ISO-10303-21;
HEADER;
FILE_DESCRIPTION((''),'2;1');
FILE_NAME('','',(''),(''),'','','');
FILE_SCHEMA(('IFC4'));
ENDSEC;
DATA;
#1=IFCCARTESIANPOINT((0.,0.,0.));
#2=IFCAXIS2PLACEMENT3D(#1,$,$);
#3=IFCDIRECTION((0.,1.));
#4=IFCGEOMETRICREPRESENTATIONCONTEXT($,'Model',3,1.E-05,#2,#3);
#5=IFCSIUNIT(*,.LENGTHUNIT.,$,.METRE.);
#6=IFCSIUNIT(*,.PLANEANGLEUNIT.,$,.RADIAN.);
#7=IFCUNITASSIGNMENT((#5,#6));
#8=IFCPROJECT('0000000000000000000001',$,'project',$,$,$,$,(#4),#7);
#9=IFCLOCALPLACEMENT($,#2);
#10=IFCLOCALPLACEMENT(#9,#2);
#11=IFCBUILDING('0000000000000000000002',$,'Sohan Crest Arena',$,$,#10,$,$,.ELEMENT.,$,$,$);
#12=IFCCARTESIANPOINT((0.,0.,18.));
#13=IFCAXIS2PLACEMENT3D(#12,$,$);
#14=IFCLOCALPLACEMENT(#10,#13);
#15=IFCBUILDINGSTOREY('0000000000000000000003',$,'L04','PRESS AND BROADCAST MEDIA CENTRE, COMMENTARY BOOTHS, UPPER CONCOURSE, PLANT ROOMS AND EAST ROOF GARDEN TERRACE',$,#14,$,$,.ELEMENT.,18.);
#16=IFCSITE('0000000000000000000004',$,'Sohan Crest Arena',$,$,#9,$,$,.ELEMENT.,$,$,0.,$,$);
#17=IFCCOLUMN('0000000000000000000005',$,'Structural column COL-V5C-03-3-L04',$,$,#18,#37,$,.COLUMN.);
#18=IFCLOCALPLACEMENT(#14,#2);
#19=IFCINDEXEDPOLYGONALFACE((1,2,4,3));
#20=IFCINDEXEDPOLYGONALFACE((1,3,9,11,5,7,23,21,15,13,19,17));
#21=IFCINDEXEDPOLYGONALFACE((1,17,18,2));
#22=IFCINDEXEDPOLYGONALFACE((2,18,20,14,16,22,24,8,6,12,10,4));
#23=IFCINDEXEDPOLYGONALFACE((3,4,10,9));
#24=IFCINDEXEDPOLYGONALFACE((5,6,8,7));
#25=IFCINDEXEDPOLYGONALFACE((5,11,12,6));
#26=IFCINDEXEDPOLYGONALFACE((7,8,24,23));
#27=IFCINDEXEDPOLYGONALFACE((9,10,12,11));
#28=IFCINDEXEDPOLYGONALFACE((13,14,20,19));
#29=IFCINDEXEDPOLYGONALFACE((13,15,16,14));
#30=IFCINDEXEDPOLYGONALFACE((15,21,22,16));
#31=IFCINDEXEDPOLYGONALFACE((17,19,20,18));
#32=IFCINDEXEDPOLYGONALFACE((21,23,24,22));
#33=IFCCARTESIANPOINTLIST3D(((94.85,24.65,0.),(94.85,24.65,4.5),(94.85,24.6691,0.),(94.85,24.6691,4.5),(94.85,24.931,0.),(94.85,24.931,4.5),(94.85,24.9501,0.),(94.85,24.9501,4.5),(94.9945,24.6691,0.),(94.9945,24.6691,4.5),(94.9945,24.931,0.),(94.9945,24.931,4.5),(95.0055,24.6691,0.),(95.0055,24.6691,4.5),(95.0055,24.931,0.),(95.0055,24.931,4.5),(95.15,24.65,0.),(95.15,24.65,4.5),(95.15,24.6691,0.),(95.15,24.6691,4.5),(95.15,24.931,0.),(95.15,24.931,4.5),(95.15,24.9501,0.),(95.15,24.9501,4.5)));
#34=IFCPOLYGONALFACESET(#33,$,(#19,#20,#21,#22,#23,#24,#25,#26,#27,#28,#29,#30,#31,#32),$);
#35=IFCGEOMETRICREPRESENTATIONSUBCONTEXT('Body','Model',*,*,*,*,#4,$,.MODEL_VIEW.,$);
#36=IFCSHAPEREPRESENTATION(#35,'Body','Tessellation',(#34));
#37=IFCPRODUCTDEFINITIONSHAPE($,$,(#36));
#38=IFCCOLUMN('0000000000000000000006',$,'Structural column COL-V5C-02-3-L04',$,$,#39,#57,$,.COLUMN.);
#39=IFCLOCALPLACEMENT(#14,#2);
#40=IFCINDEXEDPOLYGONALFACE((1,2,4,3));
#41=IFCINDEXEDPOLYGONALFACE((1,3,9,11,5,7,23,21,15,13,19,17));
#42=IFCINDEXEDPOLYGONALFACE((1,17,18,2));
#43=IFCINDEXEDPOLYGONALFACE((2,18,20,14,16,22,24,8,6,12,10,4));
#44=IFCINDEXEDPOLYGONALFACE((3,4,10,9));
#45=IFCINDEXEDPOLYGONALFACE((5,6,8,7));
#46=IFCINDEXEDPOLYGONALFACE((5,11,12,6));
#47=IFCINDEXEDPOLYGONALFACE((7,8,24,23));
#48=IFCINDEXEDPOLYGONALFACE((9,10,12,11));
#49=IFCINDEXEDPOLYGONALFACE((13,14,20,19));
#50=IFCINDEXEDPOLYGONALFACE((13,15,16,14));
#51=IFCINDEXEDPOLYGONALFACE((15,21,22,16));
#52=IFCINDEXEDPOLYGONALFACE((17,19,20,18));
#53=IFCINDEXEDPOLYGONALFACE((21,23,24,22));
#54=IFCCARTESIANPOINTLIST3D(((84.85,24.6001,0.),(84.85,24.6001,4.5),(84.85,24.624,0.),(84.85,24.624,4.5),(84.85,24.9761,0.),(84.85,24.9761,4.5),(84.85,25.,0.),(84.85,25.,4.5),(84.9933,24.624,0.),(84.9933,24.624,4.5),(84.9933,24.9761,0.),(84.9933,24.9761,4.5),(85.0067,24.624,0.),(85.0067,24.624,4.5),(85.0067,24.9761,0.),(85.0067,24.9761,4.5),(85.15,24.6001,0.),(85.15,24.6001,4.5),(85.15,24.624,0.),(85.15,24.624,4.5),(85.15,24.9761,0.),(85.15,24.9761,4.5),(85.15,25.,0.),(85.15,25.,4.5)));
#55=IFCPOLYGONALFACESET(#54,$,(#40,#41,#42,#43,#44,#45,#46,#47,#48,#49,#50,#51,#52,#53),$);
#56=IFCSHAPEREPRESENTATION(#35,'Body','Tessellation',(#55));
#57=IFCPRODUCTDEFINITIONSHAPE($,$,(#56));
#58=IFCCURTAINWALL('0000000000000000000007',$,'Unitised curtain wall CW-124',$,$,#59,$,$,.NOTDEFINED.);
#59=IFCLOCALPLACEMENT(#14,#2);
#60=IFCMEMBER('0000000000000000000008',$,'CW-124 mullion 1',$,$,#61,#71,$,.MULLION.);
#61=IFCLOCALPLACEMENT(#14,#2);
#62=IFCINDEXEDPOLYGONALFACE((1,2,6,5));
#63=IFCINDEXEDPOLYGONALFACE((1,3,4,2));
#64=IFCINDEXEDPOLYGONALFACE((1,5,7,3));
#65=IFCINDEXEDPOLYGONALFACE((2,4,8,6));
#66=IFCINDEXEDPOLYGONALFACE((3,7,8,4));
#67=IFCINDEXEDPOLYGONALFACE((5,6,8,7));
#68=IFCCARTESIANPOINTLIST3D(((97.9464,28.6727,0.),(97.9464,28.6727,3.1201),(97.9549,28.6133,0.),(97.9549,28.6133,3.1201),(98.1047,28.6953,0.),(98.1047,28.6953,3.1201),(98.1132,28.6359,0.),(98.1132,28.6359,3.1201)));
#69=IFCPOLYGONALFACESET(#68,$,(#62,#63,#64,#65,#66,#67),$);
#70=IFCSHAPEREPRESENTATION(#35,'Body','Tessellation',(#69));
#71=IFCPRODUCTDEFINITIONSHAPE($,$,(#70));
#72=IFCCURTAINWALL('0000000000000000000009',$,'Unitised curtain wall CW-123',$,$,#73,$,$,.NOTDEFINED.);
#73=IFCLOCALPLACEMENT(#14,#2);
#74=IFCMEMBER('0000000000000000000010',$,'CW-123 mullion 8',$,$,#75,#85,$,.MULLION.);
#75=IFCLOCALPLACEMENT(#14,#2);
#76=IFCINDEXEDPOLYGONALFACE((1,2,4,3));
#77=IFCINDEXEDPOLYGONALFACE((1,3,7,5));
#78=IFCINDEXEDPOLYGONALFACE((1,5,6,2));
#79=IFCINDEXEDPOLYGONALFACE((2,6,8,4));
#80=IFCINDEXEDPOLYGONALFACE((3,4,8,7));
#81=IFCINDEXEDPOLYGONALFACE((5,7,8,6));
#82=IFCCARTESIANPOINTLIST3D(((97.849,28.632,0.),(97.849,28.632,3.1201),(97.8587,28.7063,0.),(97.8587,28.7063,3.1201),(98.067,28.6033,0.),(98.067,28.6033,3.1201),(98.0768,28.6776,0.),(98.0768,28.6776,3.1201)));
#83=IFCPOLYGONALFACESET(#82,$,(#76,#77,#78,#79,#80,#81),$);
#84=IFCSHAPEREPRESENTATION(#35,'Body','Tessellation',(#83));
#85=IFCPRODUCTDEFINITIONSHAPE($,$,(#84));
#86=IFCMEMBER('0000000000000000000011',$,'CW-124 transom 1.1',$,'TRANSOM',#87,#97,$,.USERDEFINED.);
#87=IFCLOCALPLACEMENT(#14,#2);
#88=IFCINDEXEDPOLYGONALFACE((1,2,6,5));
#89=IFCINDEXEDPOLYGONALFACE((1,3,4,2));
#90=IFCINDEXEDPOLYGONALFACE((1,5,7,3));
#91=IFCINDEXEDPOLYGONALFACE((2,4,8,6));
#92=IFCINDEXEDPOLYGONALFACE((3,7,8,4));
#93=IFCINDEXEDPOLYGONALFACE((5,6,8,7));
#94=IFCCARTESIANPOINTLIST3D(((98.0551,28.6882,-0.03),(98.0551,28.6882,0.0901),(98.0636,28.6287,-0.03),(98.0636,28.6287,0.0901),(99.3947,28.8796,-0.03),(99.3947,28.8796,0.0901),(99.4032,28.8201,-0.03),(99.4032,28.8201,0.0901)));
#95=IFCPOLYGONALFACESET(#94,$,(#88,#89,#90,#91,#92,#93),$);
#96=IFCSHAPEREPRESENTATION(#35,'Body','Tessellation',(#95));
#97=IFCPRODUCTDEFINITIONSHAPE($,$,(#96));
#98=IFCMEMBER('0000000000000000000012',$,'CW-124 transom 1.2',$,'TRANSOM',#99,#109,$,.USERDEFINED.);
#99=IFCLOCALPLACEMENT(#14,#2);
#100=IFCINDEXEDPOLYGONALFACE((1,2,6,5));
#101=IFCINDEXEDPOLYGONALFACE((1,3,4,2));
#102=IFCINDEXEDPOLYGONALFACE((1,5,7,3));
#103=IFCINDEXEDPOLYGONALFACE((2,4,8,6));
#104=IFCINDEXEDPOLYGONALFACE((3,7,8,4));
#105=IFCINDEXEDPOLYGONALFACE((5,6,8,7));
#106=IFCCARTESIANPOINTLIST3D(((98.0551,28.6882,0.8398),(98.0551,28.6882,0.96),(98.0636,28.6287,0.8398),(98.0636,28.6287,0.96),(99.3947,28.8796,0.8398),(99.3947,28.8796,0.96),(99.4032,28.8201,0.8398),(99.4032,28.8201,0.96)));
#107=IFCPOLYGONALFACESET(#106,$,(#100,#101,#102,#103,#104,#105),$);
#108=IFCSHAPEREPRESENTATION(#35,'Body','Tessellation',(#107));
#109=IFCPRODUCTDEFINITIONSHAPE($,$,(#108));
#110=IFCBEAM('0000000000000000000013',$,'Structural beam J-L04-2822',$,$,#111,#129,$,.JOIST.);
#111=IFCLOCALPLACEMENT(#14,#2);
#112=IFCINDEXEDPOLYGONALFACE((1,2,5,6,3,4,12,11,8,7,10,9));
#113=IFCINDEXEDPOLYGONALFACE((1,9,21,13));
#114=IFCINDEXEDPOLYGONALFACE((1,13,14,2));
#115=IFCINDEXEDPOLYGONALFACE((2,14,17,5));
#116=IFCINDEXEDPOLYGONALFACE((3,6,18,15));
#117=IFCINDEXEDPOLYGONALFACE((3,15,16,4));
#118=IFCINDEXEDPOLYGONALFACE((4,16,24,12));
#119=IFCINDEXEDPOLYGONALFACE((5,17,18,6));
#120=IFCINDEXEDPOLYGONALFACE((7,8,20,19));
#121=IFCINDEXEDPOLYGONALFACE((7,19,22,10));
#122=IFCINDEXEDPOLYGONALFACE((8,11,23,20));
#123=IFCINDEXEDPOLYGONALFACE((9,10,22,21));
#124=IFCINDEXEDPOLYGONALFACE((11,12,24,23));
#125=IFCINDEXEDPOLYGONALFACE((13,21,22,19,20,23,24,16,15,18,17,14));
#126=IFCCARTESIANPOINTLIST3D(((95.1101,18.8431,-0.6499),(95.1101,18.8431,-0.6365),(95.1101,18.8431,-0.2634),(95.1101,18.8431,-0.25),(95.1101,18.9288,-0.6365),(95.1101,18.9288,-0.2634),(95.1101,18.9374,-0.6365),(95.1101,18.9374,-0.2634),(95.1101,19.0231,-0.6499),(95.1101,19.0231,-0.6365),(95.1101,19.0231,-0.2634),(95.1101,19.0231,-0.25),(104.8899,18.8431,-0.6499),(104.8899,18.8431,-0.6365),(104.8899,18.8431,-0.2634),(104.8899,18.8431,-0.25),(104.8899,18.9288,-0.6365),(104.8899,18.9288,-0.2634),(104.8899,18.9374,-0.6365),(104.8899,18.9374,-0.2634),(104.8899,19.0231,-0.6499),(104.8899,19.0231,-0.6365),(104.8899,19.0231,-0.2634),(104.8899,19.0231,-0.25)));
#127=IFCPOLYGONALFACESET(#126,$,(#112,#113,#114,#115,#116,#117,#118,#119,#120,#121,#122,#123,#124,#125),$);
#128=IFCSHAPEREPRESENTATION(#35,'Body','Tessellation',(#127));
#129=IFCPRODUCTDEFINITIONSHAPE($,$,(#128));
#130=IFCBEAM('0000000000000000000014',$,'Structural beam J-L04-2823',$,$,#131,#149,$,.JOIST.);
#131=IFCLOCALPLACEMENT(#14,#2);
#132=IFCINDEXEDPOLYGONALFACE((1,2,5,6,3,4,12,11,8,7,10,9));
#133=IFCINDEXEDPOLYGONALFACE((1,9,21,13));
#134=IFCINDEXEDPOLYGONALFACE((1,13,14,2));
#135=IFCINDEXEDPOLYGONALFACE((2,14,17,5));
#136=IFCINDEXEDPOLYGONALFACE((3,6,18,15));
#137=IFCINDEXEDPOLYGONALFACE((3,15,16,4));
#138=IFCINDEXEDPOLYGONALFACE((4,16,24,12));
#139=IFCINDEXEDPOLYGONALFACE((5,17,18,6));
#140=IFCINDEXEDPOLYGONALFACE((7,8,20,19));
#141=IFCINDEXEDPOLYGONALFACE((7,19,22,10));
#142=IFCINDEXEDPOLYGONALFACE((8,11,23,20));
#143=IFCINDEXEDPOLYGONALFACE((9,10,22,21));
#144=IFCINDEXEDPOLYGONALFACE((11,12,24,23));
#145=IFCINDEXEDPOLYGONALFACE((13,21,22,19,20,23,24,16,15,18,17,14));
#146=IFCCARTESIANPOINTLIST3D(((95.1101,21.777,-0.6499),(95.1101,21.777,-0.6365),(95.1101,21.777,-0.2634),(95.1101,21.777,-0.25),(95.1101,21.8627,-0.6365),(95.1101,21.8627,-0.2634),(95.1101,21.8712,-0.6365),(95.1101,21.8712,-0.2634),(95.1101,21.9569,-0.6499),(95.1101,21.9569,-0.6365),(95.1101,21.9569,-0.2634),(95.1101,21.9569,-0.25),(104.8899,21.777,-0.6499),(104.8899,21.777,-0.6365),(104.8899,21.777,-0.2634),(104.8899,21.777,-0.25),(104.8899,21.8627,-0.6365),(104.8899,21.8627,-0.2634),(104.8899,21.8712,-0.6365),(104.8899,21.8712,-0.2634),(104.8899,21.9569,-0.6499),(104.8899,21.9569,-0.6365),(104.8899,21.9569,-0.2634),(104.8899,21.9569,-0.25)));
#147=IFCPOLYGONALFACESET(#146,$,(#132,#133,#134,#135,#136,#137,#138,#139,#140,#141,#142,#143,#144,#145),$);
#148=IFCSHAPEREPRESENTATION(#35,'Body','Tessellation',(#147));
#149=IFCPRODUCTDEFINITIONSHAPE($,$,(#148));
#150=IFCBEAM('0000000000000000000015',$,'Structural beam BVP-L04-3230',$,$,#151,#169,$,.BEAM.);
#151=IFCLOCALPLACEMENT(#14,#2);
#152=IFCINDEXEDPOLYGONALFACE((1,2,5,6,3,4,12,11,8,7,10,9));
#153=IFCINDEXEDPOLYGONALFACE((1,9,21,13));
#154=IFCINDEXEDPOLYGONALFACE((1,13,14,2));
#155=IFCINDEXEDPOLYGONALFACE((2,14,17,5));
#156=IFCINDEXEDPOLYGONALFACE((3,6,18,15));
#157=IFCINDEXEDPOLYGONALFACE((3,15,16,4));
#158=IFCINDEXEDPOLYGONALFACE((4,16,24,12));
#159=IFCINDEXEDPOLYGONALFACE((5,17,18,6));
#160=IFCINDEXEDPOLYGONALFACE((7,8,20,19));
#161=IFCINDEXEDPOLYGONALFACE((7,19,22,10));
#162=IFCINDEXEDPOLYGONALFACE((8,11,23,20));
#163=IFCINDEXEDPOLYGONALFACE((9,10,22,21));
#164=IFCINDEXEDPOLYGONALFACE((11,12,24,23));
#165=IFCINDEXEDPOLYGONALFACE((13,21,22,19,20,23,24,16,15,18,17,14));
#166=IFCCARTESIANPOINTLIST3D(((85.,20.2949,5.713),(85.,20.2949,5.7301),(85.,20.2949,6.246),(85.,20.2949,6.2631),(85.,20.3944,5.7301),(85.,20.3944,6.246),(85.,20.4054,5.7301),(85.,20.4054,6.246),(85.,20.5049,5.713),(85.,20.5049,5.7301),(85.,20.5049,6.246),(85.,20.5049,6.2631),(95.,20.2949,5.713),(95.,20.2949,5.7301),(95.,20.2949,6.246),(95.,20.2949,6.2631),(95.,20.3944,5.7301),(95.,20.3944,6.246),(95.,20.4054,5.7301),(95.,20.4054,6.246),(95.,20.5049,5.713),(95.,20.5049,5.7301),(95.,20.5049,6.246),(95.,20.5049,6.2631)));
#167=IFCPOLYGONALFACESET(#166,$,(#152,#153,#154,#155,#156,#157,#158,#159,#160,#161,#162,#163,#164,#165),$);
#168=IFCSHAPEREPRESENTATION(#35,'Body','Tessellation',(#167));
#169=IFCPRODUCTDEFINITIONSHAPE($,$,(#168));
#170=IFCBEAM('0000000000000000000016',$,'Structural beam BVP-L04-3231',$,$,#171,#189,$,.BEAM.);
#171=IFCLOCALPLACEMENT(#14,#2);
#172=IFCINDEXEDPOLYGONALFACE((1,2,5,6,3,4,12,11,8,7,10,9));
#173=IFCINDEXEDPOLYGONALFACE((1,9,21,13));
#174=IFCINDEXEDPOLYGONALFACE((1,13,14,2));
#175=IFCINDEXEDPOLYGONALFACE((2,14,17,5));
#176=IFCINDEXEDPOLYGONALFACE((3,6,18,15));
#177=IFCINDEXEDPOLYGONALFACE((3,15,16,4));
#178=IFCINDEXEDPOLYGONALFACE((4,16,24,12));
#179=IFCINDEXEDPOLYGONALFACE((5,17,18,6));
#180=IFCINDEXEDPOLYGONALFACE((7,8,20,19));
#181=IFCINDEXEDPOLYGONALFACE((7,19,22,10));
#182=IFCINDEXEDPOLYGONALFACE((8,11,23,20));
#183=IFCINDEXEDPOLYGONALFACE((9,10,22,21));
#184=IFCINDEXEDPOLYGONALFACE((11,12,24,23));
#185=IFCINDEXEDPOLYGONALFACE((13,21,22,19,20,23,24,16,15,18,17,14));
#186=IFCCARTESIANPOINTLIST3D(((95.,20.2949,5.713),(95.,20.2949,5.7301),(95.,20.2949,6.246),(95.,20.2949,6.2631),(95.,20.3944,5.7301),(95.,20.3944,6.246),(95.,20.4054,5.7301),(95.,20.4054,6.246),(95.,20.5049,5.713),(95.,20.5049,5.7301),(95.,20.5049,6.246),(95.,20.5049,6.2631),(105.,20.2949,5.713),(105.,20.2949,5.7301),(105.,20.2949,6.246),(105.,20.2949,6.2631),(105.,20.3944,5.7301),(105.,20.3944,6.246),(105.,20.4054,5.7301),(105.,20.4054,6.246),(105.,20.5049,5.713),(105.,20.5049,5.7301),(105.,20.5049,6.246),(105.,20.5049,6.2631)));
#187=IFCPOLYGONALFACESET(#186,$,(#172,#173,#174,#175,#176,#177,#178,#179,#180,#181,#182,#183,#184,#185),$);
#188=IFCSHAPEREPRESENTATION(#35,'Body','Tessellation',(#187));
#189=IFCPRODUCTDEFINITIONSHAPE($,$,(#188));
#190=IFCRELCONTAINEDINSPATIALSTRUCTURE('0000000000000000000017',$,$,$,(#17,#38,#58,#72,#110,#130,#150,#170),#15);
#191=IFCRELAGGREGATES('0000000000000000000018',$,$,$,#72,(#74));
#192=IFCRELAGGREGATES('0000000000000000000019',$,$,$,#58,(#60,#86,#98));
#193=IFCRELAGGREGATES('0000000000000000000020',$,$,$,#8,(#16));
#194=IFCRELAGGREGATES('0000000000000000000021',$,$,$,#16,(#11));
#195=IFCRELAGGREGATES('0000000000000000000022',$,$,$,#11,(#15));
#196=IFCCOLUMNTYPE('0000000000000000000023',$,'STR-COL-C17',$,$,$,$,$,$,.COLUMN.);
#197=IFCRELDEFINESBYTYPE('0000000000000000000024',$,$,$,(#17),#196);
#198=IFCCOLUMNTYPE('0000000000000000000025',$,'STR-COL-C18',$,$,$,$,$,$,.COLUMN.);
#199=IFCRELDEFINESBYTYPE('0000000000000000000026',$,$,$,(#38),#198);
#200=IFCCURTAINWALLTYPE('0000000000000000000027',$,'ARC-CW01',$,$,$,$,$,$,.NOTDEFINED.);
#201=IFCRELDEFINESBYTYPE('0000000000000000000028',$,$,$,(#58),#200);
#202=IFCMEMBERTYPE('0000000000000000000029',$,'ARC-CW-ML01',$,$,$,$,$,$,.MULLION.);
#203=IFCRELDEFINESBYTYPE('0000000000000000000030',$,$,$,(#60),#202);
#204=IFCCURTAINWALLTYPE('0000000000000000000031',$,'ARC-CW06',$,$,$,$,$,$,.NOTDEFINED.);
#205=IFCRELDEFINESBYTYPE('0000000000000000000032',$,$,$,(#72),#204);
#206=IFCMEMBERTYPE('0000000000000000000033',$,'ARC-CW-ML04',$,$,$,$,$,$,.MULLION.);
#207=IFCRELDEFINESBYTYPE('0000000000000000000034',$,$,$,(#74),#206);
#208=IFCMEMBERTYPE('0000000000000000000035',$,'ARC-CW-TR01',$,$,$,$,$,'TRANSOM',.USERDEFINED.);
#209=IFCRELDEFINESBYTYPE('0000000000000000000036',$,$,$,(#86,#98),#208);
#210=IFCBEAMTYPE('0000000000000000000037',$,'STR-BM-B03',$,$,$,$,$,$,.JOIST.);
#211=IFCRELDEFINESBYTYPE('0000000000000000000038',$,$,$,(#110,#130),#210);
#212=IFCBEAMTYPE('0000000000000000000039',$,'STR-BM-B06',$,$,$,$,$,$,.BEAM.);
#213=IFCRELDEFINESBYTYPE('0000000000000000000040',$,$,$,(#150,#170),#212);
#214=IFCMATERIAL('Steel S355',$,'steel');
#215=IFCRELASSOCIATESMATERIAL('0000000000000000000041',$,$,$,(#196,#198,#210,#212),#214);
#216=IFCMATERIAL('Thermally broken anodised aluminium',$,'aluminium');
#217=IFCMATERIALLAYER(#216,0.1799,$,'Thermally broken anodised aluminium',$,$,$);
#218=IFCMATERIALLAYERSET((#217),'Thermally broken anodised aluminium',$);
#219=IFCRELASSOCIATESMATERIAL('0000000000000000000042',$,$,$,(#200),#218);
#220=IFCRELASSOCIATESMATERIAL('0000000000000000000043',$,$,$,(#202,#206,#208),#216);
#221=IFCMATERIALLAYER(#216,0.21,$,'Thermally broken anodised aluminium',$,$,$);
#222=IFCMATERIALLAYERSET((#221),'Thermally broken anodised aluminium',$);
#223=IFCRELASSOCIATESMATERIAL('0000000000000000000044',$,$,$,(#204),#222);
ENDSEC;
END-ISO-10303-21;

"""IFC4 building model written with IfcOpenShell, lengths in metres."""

from ifc_helpers import new_model, si_unit, direction, frame, origin, origin_2d, place, context, subcontext, project, spatial, rectangle, i_section, extrude, material, layer, layer_set, material_profile, profile_set, type_object, element, aggregate, save


model = new_model("IFC4")

# Units and contexts
model_context = context("Model", 3, precision=1e-05, world=origin(), true_north=direction((0.0, 1.0)))
body_context = subcontext(model_context, "Body", "Model", "MODEL_VIEW")
ifc_project = project(units=[si_unit("LENGTHUNIT", "METRE"), si_unit("PLANEANGLEUNIT", "RADIAN")], contexts=[model_context])

# Site, building, storey
site_placement = place(None, origin())
site = spatial("IfcSite", under=ifc_project, at=site_placement, Name="Sohan Crest Arena", CompositionType="ELEMENT", RefElevation=0.0)
building_placement = place(site_placement, origin())
building = spatial("IfcBuilding", under=site, at=building_placement, Name="Sohan Crest Arena", CompositionType="ELEMENT")
storey_placement = place(building_placement, frame((0.0, 0.0, 18.0)))
storey = spatial("IfcBuildingStorey", under=building, at=storey_placement, Name="L04", Description="PRESS AND BROADCAST MEDIA CENTRE, COMMENTARY BOOTHS, UPPER CONCOURSE, PLANT ROOMS AND EAST ROOF GARDEN TERRACE", CompositionType="ELEMENT", Elevation=18.0)

# Columns
ifc_material_1 = material(Name="Steel S355", Category="steel")
ifc_material_profile_1 = material_profile(ifc_material_1, i_section(OverallWidth=0.3, OverallDepth=0.3, WebThickness=0.011, FlangeThickness=0.019, at=origin_2d()), Name="HEB 300")
ifc_profile_set_1 = profile_set([ifc_material_profile_1], Name="Steel S355")
column_type_1 = type_object("IfcColumnType", Name="STR-COL-C17", PredefinedType="COLUMN", material=ifc_profile_set_1)
column_1_placement = place(storey_placement, frame((95.0, 24.8, 0.0), z_axis=(0.0, 0.0, 1.0), x_axis=(1.0, 0.0, 0.0)))
element("IfcColumn", 1, at=column_1_placement, inside=storey, type_object=column_type_1, Name="Structural column COL-V5C-03-3-L04", PredefinedType="COLUMN", context=body_context, shape_type="SweptSolid", body=[
    extrude(i_section(OverallWidth=0.3, OverallDepth=0.3, WebThickness=0.011, FlangeThickness=0.019, at=origin_2d()), origin(), (0.0, 0.0, 1.0), 4.5),
])
ifc_material_profile_2 = material_profile(ifc_material_1, i_section(OverallWidth=0.3, OverallDepth=0.3999, WebThickness=0.0134, FlangeThickness=0.0239, at=origin_2d()), Name="HEB 400")
ifc_profile_set_2 = profile_set([ifc_material_profile_2], Name="Steel S355")
column_type_2 = type_object("IfcColumnType", Name="STR-COL-C18", PredefinedType="COLUMN", material=ifc_profile_set_2)
column_2_placement = place(storey_placement, frame((85.0, 24.8, 0.0), z_axis=(0.0, 0.0, 1.0), x_axis=(1.0, 0.0, 0.0)))
element("IfcColumn", 2, at=column_2_placement, inside=storey, type_object=column_type_2, Name="Structural column COL-V5C-02-3-L04", PredefinedType="COLUMN", context=body_context, shape_type="SweptSolid", body=[
    extrude(i_section(OverallWidth=0.3, OverallDepth=0.3999, WebThickness=0.0134, FlangeThickness=0.0239, at=origin_2d()), origin(), (0.0, 0.0, 1.0), 4.5),
])

# Curtain walls, members
ifc_material_2 = material(Name="Thermally broken anodised aluminium", Category="aluminium")
ifc_layer_1 = layer(ifc_material_2, 0.1799, Name="Thermally broken anodised aluminium")
ifc_layer_set_1 = layer_set([ifc_layer_1], Name="Thermally broken anodised aluminium")
curtain_wall_type_1 = type_object("IfcCurtainWallType", Name="ARC-CW01", PredefinedType="NOTDEFINED", material=ifc_layer_set_1)
curtain_wall_1_placement = place(storey_placement, origin())
curtain_wall_1 = element("IfcCurtainWall", 3, at=curtain_wall_1_placement, inside=storey, type_object=curtain_wall_type_1, Name="Unitised curtain wall CW-124", PredefinedType="NOTDEFINED")
ifc_material_profile_3 = material_profile(ifc_material_2, rectangle(XDim=0.0601, YDim=0.1599, at=origin_2d()), Name="ALU-MULL 60x160")
ifc_profile_set_3 = profile_set([ifc_material_profile_3], Name="Thermally broken anodised aluminium")
member_type_1 = type_object("IfcMemberType", Name="ARC-CW-ML01", PredefinedType="MULLION", material=ifc_profile_set_3)
member_1_placement = place(storey_placement, frame((98.0298, 28.6543, 0.0), z_axis=(0.0, 0.0, 1.0), x_axis=(-0.141463, 0.989944, 0.0)))
member_1 = element("IfcMember", 4, at=member_1_placement, type_object=member_type_1, Name="CW-124 mullion 1", PredefinedType="MULLION", context=body_context, shape_type="SweptSolid", body=[
    extrude(rectangle(XDim=0.0601, YDim=0.1599, at=origin_2d()), origin(), (0.0, 0.0, 1.0), 3.1201),
])
ifc_layer_2 = layer(ifc_material_2, 0.21, Name="Thermally broken anodised aluminium")
ifc_layer_set_2 = layer_set([ifc_layer_2], Name="Thermally broken anodised aluminium")
curtain_wall_type_2 = type_object("IfcCurtainWallType", Name="ARC-CW06", PredefinedType="NOTDEFINED", material=ifc_layer_set_2)
curtain_wall_2_placement = place(storey_placement, origin())
curtain_wall_2 = element("IfcCurtainWall", 5, at=curtain_wall_2_placement, inside=storey, type_object=curtain_wall_type_2, Name="Unitised curtain wall CW-123", PredefinedType="NOTDEFINED")
ifc_material_profile_4 = material_profile(ifc_material_2, rectangle(XDim=0.075, YDim=0.22, at=origin_2d()), Name="ALU-MULL 75x220")
ifc_profile_set_4 = profile_set([ifc_material_profile_4], Name="Thermally broken anodised aluminium")
member_type_2 = type_object("IfcMemberType", Name="ARC-CW-ML04", PredefinedType="MULLION", material=ifc_profile_set_4)
member_2_placement = place(storey_placement, frame((97.9629, 28.6548, 0.0), z_axis=(0.0, 0.0, 1.0), x_axis=(0.130557, 0.991441, 0.0)))
member_2 = element("IfcMember", 6, at=member_2_placement, type_object=member_type_2, Name="CW-123 mullion 8", PredefinedType="MULLION", context=body_context, shape_type="SweptSolid", body=[
    extrude(rectangle(XDim=0.075, YDim=0.22, at=origin_2d()), origin(), (0.0, 0.0, 1.0), 3.1201),
])
aggregate(curtain_wall_2, [member_2])

# Members
ifc_material_profile_5 = material_profile(ifc_material_2, rectangle(XDim=0.0601, YDim=0.1201, at=origin_2d()), Name="ALU-TRAN 60x120")
ifc_profile_set_5 = profile_set([ifc_material_profile_5], Name="Thermally broken anodised aluminium")
member_type_3 = type_object("IfcMemberType", Name="ARC-CW-TR01", ElementType="TRANSOM", PredefinedType="USERDEFINED", material=ifc_profile_set_5)
member_3_placement = place(storey_placement, frame((98.0593, 28.6584, 0.03), z_axis=(0.989946, 0.141447, 0.0), x_axis=(-0.141447, 0.989946, 0.0)))
member_3 = element("IfcMember", 7, at=member_3_placement, type_object=member_type_3, Name="CW-124 transom 1.1", ObjectType="TRANSOM", PredefinedType="USERDEFINED", context=body_context, shape_type="SweptSolid", body=[
    extrude(rectangle(XDim=0.0601, YDim=0.1201, at=origin_2d()), origin(), (0.0, 0.0, 1.0), 1.3533),
])
member_4_placement = place(storey_placement, frame((98.0593, 28.6584, 0.8999), z_axis=(0.989946, 0.141447, 0.0), x_axis=(-0.141447, 0.989946, 0.0)))
member_4 = element("IfcMember", 8, at=member_4_placement, type_object=member_type_3, Name="CW-124 transom 1.2", ObjectType="TRANSOM", PredefinedType="USERDEFINED", context=body_context, shape_type="SweptSolid", body=[
    extrude(rectangle(XDim=0.0601, YDim=0.1201, at=origin_2d()), origin(), (0.0, 0.0, 1.0), 1.3533),
])
aggregate(curtain_wall_1, [member_1, member_3, member_4])

# Beams
ifc_material_profile_6 = material_profile(ifc_material_1, i_section(OverallWidth=0.1799, OverallDepth=0.3999, WebThickness=0.0085, FlangeThickness=0.0134, at=origin_2d()), Name="IPE 400")
ifc_profile_set_6 = profile_set([ifc_material_profile_6], Name="Steel S355")
beam_type_1 = type_object("IfcBeamType", Name="STR-BM-B03", PredefinedType="JOIST", material=ifc_profile_set_6)
for number, where, z_axis, x_axis, name in (
    (9, (95.1101, 18.9331, -0.45), (1.0, 0.0, 0.0), (0.0, 1.0, 0.0), "Structural beam J-L04-2822"),
    (10, (95.1101, 21.8669, -0.45), (1.0, 0.0, 0.0), (0.0, 1.0, 0.0), "Structural beam J-L04-2823"),
):
    element("IfcBeam", number, at=place(storey_placement, frame(where, z_axis=z_axis, x_axis=x_axis)), inside=storey, type_object=beam_type_1, Name=name, PredefinedType="JOIST", context=body_context, shape_type="SweptSolid", body=[
        extrude(i_section(OverallWidth=0.1799, OverallDepth=0.3999, WebThickness=0.0085, FlangeThickness=0.0134, at=origin_2d()), origin(), (0.0, 0.0, 1.0), 9.7798),
    ])
ifc_material_profile_7 = material_profile(ifc_material_1, i_section(OverallWidth=0.21, OverallDepth=0.55, WebThickness=0.011, FlangeThickness=0.0171, at=origin_2d()), Name="IPE 550")
ifc_profile_set_7 = profile_set([ifc_material_profile_7], Name="Steel S355")
beam_type_2 = type_object("IfcBeamType", Name="STR-BM-B06", PredefinedType="BEAM", material=ifc_profile_set_7)
for number, where, z_axis, x_axis, name in (
    (11, (85.0, 20.3999, 5.988), (1.0, 0.0, 0.0), (0.0, 1.0, 0.0), "Structural beam BVP-L04-3230"),
    (12, (95.0, 20.3999, 5.988), (1.0, 0.0, 0.0), (0.0, 1.0, 0.0), "Structural beam BVP-L04-3231"),
):
    element("IfcBeam", number, at=place(storey_placement, frame(where, z_axis=z_axis, x_axis=x_axis)), inside=storey, type_object=beam_type_2, Name=name, PredefinedType="BEAM", context=body_context, shape_type="SweptSolid", body=[
        extrude(i_section(OverallWidth=0.21, OverallDepth=0.55, WebThickness=0.011, FlangeThickness=0.0171, at=origin_2d()), origin(), (0.0, 0.0, 1.0), 10.0),
    ])

save(model, "model.ifc")
